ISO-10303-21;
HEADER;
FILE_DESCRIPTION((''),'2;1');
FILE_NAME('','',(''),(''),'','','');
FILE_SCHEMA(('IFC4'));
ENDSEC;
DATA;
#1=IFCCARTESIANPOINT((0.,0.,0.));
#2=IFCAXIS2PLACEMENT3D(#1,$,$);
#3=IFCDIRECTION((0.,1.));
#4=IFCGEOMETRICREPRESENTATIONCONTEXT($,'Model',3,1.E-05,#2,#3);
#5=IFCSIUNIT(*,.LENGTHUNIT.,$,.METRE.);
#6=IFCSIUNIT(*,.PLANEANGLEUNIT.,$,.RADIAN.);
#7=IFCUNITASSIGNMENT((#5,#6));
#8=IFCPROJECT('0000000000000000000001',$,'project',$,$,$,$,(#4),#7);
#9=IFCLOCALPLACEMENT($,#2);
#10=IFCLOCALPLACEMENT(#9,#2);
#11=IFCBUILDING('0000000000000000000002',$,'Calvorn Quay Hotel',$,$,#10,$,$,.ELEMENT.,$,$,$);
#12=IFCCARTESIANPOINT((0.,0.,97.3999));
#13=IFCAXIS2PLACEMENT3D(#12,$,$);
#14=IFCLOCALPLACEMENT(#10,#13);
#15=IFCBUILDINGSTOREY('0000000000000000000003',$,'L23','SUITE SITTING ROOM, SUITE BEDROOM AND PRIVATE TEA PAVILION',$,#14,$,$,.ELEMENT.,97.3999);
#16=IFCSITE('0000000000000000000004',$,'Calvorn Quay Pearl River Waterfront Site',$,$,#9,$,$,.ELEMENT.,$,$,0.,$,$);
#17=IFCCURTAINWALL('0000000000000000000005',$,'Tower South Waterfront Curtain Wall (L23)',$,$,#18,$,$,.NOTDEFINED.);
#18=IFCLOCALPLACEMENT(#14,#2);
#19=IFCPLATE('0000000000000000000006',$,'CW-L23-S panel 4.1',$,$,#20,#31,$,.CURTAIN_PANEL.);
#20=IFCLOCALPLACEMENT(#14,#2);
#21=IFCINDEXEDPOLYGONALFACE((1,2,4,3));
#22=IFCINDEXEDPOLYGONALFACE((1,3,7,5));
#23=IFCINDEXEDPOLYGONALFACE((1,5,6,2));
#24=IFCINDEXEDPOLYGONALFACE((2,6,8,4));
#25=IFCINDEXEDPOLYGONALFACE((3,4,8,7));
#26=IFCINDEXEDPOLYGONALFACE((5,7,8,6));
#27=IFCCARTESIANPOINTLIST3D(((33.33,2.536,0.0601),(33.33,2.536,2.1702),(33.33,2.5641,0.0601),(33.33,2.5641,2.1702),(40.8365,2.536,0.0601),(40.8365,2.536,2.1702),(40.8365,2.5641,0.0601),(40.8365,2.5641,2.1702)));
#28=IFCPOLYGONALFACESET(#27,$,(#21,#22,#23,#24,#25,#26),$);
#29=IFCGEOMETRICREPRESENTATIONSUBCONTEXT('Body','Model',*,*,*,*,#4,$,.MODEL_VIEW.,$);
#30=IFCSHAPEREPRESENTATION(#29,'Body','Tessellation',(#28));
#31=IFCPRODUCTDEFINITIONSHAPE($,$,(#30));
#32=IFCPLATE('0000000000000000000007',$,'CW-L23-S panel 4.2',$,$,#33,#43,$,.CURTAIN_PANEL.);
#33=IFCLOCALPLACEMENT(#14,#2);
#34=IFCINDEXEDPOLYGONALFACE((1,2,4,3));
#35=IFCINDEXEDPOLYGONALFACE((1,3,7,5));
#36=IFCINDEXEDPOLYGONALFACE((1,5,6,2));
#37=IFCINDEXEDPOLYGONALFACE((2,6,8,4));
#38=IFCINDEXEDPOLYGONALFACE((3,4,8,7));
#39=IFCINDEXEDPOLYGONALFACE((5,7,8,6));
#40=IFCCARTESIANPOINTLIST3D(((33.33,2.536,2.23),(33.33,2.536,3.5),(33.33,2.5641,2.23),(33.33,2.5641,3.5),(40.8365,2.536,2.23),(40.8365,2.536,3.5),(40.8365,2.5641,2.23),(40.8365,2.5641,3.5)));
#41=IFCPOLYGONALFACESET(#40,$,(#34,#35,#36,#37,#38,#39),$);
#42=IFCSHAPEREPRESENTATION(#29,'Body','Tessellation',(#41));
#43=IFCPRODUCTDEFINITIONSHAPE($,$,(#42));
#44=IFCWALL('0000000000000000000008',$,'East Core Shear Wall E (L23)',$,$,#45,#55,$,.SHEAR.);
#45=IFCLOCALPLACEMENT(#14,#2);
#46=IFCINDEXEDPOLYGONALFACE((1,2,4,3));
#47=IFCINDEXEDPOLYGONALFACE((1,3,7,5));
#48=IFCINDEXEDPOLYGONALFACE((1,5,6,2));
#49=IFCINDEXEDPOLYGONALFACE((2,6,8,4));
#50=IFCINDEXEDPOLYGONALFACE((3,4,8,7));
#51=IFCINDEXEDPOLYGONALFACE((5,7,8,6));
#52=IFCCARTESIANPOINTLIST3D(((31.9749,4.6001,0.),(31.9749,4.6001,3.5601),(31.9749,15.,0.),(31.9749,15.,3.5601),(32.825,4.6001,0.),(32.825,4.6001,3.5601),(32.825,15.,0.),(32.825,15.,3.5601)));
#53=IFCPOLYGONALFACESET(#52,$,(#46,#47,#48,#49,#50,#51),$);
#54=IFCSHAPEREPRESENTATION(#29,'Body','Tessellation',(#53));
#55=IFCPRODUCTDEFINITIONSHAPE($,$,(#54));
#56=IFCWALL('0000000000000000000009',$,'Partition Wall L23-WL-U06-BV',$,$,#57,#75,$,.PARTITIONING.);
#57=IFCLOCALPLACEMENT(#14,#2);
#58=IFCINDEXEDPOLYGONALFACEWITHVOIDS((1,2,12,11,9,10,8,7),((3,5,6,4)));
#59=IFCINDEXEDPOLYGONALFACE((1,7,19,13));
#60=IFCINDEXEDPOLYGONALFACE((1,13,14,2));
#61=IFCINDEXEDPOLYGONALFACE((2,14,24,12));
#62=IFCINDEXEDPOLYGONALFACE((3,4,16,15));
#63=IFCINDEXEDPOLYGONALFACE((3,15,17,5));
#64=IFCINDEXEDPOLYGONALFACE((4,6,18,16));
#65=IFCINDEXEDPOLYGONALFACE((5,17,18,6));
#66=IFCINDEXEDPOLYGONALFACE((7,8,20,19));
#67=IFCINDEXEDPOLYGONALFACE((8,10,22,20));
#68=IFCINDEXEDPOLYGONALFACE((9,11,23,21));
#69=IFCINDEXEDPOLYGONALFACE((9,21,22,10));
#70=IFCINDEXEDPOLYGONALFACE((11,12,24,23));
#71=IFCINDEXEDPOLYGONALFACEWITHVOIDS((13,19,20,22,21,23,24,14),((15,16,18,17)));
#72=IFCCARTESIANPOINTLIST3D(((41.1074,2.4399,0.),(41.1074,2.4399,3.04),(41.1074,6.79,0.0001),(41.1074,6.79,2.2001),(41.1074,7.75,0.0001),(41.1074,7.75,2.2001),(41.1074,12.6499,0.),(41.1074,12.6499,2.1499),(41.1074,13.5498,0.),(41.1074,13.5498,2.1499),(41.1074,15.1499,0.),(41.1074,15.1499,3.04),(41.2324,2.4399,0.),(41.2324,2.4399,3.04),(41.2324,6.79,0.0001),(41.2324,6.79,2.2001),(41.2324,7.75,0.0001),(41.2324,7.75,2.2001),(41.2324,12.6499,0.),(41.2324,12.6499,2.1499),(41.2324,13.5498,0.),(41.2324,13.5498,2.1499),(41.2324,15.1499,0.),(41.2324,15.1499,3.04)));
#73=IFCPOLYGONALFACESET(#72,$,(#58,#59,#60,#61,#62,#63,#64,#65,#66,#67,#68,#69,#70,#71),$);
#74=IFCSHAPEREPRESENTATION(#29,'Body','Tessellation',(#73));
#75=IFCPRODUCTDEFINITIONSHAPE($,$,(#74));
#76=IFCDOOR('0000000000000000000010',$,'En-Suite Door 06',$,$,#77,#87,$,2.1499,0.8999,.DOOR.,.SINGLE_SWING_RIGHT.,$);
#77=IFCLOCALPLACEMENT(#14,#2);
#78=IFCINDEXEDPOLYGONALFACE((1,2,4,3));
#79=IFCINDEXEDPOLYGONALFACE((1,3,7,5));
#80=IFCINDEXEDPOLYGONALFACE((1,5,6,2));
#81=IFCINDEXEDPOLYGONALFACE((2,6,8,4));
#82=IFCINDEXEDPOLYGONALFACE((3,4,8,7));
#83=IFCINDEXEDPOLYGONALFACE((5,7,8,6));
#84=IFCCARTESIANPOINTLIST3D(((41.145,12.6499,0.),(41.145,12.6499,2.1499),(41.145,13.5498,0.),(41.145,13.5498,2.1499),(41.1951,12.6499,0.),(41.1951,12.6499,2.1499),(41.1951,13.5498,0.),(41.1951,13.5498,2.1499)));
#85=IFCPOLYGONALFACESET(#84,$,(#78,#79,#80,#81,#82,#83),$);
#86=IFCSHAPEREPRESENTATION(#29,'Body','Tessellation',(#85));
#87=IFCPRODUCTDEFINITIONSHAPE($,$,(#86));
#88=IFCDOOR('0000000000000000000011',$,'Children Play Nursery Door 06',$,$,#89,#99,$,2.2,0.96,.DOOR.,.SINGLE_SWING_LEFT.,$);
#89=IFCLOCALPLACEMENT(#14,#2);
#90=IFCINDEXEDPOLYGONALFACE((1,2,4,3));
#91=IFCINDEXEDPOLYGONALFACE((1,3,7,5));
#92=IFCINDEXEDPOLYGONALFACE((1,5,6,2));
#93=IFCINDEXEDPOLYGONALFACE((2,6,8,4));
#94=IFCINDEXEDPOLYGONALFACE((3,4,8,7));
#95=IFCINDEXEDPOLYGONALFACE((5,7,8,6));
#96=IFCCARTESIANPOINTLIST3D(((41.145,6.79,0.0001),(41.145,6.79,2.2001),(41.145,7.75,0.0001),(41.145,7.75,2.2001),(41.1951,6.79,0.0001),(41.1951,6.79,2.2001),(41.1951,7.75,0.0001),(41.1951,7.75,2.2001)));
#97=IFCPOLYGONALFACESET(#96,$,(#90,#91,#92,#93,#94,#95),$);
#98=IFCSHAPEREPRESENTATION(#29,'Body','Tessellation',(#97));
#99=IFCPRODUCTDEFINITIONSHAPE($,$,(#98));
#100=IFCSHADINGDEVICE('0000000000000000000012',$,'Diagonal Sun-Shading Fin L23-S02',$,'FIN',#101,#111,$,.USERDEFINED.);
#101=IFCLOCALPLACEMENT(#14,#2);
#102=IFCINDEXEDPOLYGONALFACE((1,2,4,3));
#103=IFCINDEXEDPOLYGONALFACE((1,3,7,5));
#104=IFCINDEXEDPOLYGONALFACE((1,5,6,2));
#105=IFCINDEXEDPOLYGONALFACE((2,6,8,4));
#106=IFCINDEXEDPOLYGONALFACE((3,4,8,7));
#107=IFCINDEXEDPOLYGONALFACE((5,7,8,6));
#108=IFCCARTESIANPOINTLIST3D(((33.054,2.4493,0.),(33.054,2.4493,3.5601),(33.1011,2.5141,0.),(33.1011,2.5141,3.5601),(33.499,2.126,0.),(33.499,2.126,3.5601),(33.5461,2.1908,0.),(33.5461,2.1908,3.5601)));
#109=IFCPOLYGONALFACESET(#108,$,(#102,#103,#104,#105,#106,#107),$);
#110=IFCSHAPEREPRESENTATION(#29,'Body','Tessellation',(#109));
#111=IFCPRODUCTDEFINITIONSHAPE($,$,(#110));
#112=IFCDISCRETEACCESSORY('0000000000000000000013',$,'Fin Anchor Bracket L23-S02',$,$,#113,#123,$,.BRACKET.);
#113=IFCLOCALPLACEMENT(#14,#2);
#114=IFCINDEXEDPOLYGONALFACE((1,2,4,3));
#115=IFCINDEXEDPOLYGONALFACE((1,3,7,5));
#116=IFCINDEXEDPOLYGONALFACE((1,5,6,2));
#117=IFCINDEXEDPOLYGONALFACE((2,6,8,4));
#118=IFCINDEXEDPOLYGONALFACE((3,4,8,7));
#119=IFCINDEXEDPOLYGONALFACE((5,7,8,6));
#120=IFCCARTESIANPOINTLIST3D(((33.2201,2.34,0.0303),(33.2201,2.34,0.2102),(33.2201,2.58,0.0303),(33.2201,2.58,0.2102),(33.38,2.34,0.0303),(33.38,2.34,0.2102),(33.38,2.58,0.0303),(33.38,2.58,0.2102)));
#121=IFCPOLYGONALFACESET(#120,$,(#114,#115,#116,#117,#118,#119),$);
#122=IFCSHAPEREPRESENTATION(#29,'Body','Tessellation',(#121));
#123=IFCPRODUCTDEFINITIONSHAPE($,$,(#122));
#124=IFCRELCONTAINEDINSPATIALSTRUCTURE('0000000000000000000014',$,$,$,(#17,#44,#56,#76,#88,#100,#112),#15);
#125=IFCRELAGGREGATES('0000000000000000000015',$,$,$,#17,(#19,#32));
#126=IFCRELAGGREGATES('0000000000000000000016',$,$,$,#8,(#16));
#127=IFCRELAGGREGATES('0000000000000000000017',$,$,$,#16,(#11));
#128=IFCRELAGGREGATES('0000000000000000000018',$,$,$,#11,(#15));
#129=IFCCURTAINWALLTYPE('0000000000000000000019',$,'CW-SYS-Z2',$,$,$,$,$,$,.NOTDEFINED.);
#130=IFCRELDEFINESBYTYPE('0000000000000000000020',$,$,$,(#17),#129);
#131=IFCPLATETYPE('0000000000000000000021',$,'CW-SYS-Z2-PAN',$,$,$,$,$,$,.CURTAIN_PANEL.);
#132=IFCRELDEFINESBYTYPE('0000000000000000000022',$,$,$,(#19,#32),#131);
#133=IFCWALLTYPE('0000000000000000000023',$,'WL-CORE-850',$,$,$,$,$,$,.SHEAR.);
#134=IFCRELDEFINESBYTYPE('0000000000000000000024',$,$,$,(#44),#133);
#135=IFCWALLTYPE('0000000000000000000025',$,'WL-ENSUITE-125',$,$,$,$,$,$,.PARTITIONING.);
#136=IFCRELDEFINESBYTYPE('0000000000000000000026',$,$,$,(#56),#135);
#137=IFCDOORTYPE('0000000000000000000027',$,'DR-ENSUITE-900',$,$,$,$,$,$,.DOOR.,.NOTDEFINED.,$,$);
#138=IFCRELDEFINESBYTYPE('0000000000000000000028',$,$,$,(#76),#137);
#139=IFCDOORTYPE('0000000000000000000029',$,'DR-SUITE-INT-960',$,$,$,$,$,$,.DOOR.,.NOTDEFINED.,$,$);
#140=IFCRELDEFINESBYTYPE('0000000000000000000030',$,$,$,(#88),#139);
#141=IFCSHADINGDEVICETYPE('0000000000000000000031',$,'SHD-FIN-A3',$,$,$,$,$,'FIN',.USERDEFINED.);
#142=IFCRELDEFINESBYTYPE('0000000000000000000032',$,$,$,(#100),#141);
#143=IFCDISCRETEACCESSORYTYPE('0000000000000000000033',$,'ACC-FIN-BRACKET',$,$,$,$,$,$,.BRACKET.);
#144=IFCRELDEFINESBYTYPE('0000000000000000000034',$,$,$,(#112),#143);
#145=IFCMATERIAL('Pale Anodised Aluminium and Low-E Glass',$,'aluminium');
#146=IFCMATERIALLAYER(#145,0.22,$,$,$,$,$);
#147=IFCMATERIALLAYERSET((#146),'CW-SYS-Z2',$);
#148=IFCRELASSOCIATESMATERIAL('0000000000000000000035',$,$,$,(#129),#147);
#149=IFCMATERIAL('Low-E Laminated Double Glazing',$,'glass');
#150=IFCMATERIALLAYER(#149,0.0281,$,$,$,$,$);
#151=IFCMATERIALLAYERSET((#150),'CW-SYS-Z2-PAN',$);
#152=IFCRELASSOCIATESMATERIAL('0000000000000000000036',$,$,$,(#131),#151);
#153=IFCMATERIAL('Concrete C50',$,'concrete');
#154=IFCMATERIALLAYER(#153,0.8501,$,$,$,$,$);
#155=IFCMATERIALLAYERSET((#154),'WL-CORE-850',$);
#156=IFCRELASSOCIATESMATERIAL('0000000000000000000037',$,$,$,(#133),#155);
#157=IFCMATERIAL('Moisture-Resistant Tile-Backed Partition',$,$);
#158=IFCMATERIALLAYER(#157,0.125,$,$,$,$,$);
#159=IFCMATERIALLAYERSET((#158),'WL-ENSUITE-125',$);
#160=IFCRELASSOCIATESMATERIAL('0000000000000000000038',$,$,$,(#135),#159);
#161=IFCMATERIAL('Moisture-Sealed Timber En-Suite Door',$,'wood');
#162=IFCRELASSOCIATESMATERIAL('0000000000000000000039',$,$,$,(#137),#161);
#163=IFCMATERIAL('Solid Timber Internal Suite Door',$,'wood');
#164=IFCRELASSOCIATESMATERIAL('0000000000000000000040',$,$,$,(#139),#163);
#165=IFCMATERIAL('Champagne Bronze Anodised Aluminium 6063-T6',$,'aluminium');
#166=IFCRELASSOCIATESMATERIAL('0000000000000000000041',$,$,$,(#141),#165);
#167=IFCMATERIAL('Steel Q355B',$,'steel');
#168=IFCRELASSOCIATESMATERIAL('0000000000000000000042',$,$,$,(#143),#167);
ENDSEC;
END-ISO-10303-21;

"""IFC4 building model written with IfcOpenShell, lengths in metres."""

from ifc_helpers import new_model, si_unit, direction, frame, frame_2d, origin, origin_2d, place, context, subcontext, project, spatial, rectangle, extrude, material, layer, layer_set, type_object, element, fill, aggregate, save


model = new_model("IFC4")

# Units and contexts
model_context = context("Model", 3, precision=1e-05, world=origin(), true_north=direction((0.0, 1.0)))
body_context = subcontext(model_context, "Body", "Model", "MODEL_VIEW")
ifc_project = project(units=[si_unit("LENGTHUNIT", "METRE"), si_unit("PLANEANGLEUNIT", "RADIAN")], contexts=[model_context])

# Site, building, storey
site_placement = place(None, origin())
site = spatial("IfcSite", under=ifc_project, at=site_placement, Name="Calvorn Quay Pearl River Waterfront Site", CompositionType="ELEMENT", RefElevation=0.0)
building_placement = place(site_placement, origin())
building = spatial("IfcBuilding", under=site, at=building_placement, Name="Calvorn Quay Hotel", CompositionType="ELEMENT")
storey_placement = place(building_placement, frame((0.0, 0.0, 97.3999)))
storey = spatial("IfcBuildingStorey", under=building, at=storey_placement, Name="L23", Description="SUITE SITTING ROOM, SUITE BEDROOM AND PRIVATE TEA PAVILION", CompositionType="ELEMENT", Elevation=97.3999)

# Curtain wall, plates
ifc_material_1 = material(Name="Pale Anodised Aluminium and Low-E Glass", Category="aluminium")
ifc_layer_1 = layer(ifc_material_1, 0.22)
ifc_layer_set_1 = layer_set([ifc_layer_1], Name="CW-SYS-Z2")
curtain_wall_type = type_object("IfcCurtainWallType", Name="CW-SYS-Z2", PredefinedType="NOTDEFINED", material=ifc_layer_set_1)
curtain_wall_placement = place(storey_placement, origin())
curtain_wall = element("IfcCurtainWall", 1, at=curtain_wall_placement, inside=storey, type_object=curtain_wall_type, Name="Tower South Waterfront Curtain Wall (L23)", PredefinedType="NOTDEFINED")
ifc_material_2 = material(Name="Low-E Laminated Double Glazing", Category="glass")
ifc_layer_2 = layer(ifc_material_2, 0.0281)
ifc_layer_set_2 = layer_set([ifc_layer_2], Name="CW-SYS-Z2-PAN")
plate_type = type_object("IfcPlateType", Name="CW-SYS-Z2-PAN", PredefinedType="CURTAIN_PANEL", material=ifc_layer_set_2)
plate_1_placement = place(storey_placement, frame((37.0833, 2.55, 0.0601), z_axis=(0.0, 0.0, 1.0), x_axis=(1.0, 0.0, 0.0)))
plate_1 = element("IfcPlate", 2, at=plate_1_placement, type_object=plate_type, Name="CW-L23-S panel 4.1", PredefinedType="CURTAIN_PANEL", context=body_context, shape_type="SweptSolid", body=[
    extrude(rectangle(XDim=7.5066, YDim=0.0281, at=origin_2d()), origin(), (0.0, 0.0, 1.0), 2.1101),
])
plate_2_placement = place(storey_placement, frame((37.0833, 2.55, 2.23), z_axis=(0.0, 0.0, 1.0), x_axis=(1.0, 0.0, 0.0)))
plate_2 = element("IfcPlate", 3, at=plate_2_placement, type_object=plate_type, Name="CW-L23-S panel 4.2", PredefinedType="CURTAIN_PANEL", context=body_context, shape_type="SweptSolid", body=[
    extrude(rectangle(XDim=7.5066, YDim=0.0281, at=origin_2d()), origin(), (0.0, 0.0, 1.0), 1.27),
])
aggregate(curtain_wall, [plate_1, plate_2])

# Wall
ifc_material_3 = material(Name="Concrete C50", Category="concrete")
ifc_layer_3 = layer(ifc_material_3, 0.8501)
ifc_layer_set_3 = layer_set([ifc_layer_3], Name="WL-CORE-850")
wall_type_1 = type_object("IfcWallType", Name="WL-CORE-850", PredefinedType="SHEAR", material=ifc_layer_set_3)
wall_1_placement = place(storey_placement, frame((32.3999, 4.6001, 0.0), z_axis=(0.0, 0.0, 1.0), x_axis=(0.0, 1.0, 0.0)))
element("IfcWall", 4, at=wall_1_placement, inside=storey, type_object=wall_type_1, Name="East Core Shear Wall E (L23)", PredefinedType="SHEAR", context=body_context, shape_type="SweptSolid", body=[
    extrude(rectangle(XDim=10.3999, YDim=0.8501, at=frame_2d((5.2, 0.0))), origin(), (0.0, 0.0, 1.0), 3.5601),
])

# Wall, openings, doors
ifc_material_4 = material(Name="Moisture-Resistant Tile-Backed Partition")
ifc_layer_4 = layer(ifc_material_4, 0.125)
ifc_layer_set_4 = layer_set([ifc_layer_4], Name="WL-ENSUITE-125")
wall_type_2 = type_object("IfcWallType", Name="WL-ENSUITE-125", PredefinedType="PARTITIONING", material=ifc_layer_set_4)
wall_2_placement = place(storey_placement, frame((41.1699, 2.4399, 0.0), z_axis=(0.0, 0.0, 1.0), x_axis=(0.0, 1.0, 0.0)))
wall_2 = element("IfcWall", 5, at=wall_2_placement, inside=storey, type_object=wall_type_2, Name="Partition Wall L23-WL-U06-BV", PredefinedType="PARTITIONING", context=body_context, shape_type="SweptSolid", body=[
    extrude(rectangle(XDim=12.71, YDim=0.125, at=frame_2d((6.355, 0.0))), origin(), (0.0, 0.0, 1.0), 3.04),
])
opening_1_placement = place(wall_2_placement, frame((4.3501, 0.0, 0.0)))
opening_1 = element("IfcOpeningElement", 6, at=opening_1_placement, cuts=wall_2, PredefinedType="OPENING", context=body_context, shape_type="SweptSolid", body=[
    extrude(rectangle(XDim=0.96, YDim=2.2, at=frame_2d((0.48, 1.1001))), frame((0.0, 0.0725, 0.0), z_axis=(0.0, -1.0, 0.0), x_axis=(1.0, 0.0, 0.0)), (0.0, 0.0, 1.0), 0.145),
])
opening_2_placement = place(wall_2_placement, frame((10.21, 0.0, 0.0)))
opening_2 = element("IfcOpeningElement", 7, at=opening_2_placement, cuts=wall_2, PredefinedType="OPENING", context=body_context, shape_type="SweptSolid", body=[
    extrude(rectangle(XDim=0.8999, YDim=2.1499, at=frame_2d((0.45, 1.075))), frame((0.0, 0.0725, 0.0), z_axis=(0.0, -1.0, 0.0), x_axis=(1.0, 0.0, 0.0)), (0.0, 0.0, 1.0), 0.145),
])
ifc_material_5 = material(Name="Moisture-Sealed Timber En-Suite Door", Category="wood")
door_type_1 = type_object("IfcDoorType", Name="DR-ENSUITE-900", OperationType="NOTDEFINED", PredefinedType="DOOR", material=ifc_material_5)
door_1_placement = place(opening_2_placement, origin())
door_1 = element("IfcDoor", 8, at=door_1_placement, inside=storey, type_object=door_type_1, Name="En-Suite Door 06", OperationType="SINGLE_SWING_RIGHT", OverallHeight=2.1499, OverallWidth=0.8999, PredefinedType="DOOR", context=body_context, shape_type="SweptSolid", body=[
    extrude(rectangle(XDim=0.8999, YDim=2.1499, at=frame_2d((0.45, 1.075))), frame((0.0, 0.0249, 0.0), z_axis=(0.0, -1.0, 0.0), x_axis=(1.0, 0.0, 0.0)), (0.0, 0.0, 1.0), 0.05),
])
fill(opening_2, door_1)
ifc_material_6 = material(Name="Solid Timber Internal Suite Door", Category="wood")
door_type_2 = type_object("IfcDoorType", Name="DR-SUITE-INT-960", OperationType="NOTDEFINED", PredefinedType="DOOR", material=ifc_material_6)
door_2_placement = place(opening_1_placement, origin())
door_2 = element("IfcDoor", 9, at=door_2_placement, inside=storey, type_object=door_type_2, Name="Children Play Nursery Door 06", OperationType="SINGLE_SWING_LEFT", OverallHeight=2.2, OverallWidth=0.96, PredefinedType="DOOR", context=body_context, shape_type="SweptSolid", body=[
    extrude(rectangle(XDim=0.96, YDim=2.2, at=frame_2d((0.48, 1.1001))), frame((0.0, 0.0249, 0.0), z_axis=(0.0, -1.0, 0.0), x_axis=(1.0, 0.0, 0.0)), (0.0, 0.0, 1.0), 0.05),
])
fill(opening_1, door_2)

# Shading device
ifc_material_7 = material(Name="Champagne Bronze Anodised Aluminium 6063-T6", Category="aluminium")
shading_device_type = type_object("IfcShadingDeviceType", Name="SHD-FIN-A3", ElementType="FIN", PredefinedType="USERDEFINED", material=ifc_material_7)
shading_device_placement = place(storey_placement, frame((33.3, 2.3201, 0.0), z_axis=(0.0, 0.0, 1.0), x_axis=(-0.809017, 0.587785, 0.0)))
element("IfcShadingDevice", 10, at=shading_device_placement, inside=storey, type_object=shading_device_type, Name="Diagonal Sun-Shading Fin L23-S02", ObjectType="FIN", PredefinedType="USERDEFINED", context=body_context, shape_type="SweptSolid", body=[
    extrude(rectangle(XDim=0.55, YDim=0.0801, at=origin_2d()), origin(), (0.0, 0.0, 1.0), 3.5601),
])

# Discrete accessory
ifc_material_8 = material(Name="Steel Q355B", Category="steel")
discrete_accessory_type = type_object("IfcDiscreteAccessoryType", Name="ACC-FIN-BRACKET", PredefinedType="BRACKET", material=ifc_material_8)
discrete_accessory_placement = place(storey_placement, frame((33.3, 2.46, 0.0303), z_axis=(0.0, 0.0, 1.0), x_axis=(0.0, 1.0, 0.0)))
element("IfcDiscreteAccessory", 11, at=discrete_accessory_placement, inside=storey, type_object=discrete_accessory_type, Name="Fin Anchor Bracket L23-S02", PredefinedType="BRACKET", context=body_context, shape_type="SweptSolid", body=[
    extrude(rectangle(XDim=0.24, YDim=0.1599, at=origin_2d()), origin(), (0.0, 0.0, 1.0), 0.1799),
])

save(model, "model.ifc")
